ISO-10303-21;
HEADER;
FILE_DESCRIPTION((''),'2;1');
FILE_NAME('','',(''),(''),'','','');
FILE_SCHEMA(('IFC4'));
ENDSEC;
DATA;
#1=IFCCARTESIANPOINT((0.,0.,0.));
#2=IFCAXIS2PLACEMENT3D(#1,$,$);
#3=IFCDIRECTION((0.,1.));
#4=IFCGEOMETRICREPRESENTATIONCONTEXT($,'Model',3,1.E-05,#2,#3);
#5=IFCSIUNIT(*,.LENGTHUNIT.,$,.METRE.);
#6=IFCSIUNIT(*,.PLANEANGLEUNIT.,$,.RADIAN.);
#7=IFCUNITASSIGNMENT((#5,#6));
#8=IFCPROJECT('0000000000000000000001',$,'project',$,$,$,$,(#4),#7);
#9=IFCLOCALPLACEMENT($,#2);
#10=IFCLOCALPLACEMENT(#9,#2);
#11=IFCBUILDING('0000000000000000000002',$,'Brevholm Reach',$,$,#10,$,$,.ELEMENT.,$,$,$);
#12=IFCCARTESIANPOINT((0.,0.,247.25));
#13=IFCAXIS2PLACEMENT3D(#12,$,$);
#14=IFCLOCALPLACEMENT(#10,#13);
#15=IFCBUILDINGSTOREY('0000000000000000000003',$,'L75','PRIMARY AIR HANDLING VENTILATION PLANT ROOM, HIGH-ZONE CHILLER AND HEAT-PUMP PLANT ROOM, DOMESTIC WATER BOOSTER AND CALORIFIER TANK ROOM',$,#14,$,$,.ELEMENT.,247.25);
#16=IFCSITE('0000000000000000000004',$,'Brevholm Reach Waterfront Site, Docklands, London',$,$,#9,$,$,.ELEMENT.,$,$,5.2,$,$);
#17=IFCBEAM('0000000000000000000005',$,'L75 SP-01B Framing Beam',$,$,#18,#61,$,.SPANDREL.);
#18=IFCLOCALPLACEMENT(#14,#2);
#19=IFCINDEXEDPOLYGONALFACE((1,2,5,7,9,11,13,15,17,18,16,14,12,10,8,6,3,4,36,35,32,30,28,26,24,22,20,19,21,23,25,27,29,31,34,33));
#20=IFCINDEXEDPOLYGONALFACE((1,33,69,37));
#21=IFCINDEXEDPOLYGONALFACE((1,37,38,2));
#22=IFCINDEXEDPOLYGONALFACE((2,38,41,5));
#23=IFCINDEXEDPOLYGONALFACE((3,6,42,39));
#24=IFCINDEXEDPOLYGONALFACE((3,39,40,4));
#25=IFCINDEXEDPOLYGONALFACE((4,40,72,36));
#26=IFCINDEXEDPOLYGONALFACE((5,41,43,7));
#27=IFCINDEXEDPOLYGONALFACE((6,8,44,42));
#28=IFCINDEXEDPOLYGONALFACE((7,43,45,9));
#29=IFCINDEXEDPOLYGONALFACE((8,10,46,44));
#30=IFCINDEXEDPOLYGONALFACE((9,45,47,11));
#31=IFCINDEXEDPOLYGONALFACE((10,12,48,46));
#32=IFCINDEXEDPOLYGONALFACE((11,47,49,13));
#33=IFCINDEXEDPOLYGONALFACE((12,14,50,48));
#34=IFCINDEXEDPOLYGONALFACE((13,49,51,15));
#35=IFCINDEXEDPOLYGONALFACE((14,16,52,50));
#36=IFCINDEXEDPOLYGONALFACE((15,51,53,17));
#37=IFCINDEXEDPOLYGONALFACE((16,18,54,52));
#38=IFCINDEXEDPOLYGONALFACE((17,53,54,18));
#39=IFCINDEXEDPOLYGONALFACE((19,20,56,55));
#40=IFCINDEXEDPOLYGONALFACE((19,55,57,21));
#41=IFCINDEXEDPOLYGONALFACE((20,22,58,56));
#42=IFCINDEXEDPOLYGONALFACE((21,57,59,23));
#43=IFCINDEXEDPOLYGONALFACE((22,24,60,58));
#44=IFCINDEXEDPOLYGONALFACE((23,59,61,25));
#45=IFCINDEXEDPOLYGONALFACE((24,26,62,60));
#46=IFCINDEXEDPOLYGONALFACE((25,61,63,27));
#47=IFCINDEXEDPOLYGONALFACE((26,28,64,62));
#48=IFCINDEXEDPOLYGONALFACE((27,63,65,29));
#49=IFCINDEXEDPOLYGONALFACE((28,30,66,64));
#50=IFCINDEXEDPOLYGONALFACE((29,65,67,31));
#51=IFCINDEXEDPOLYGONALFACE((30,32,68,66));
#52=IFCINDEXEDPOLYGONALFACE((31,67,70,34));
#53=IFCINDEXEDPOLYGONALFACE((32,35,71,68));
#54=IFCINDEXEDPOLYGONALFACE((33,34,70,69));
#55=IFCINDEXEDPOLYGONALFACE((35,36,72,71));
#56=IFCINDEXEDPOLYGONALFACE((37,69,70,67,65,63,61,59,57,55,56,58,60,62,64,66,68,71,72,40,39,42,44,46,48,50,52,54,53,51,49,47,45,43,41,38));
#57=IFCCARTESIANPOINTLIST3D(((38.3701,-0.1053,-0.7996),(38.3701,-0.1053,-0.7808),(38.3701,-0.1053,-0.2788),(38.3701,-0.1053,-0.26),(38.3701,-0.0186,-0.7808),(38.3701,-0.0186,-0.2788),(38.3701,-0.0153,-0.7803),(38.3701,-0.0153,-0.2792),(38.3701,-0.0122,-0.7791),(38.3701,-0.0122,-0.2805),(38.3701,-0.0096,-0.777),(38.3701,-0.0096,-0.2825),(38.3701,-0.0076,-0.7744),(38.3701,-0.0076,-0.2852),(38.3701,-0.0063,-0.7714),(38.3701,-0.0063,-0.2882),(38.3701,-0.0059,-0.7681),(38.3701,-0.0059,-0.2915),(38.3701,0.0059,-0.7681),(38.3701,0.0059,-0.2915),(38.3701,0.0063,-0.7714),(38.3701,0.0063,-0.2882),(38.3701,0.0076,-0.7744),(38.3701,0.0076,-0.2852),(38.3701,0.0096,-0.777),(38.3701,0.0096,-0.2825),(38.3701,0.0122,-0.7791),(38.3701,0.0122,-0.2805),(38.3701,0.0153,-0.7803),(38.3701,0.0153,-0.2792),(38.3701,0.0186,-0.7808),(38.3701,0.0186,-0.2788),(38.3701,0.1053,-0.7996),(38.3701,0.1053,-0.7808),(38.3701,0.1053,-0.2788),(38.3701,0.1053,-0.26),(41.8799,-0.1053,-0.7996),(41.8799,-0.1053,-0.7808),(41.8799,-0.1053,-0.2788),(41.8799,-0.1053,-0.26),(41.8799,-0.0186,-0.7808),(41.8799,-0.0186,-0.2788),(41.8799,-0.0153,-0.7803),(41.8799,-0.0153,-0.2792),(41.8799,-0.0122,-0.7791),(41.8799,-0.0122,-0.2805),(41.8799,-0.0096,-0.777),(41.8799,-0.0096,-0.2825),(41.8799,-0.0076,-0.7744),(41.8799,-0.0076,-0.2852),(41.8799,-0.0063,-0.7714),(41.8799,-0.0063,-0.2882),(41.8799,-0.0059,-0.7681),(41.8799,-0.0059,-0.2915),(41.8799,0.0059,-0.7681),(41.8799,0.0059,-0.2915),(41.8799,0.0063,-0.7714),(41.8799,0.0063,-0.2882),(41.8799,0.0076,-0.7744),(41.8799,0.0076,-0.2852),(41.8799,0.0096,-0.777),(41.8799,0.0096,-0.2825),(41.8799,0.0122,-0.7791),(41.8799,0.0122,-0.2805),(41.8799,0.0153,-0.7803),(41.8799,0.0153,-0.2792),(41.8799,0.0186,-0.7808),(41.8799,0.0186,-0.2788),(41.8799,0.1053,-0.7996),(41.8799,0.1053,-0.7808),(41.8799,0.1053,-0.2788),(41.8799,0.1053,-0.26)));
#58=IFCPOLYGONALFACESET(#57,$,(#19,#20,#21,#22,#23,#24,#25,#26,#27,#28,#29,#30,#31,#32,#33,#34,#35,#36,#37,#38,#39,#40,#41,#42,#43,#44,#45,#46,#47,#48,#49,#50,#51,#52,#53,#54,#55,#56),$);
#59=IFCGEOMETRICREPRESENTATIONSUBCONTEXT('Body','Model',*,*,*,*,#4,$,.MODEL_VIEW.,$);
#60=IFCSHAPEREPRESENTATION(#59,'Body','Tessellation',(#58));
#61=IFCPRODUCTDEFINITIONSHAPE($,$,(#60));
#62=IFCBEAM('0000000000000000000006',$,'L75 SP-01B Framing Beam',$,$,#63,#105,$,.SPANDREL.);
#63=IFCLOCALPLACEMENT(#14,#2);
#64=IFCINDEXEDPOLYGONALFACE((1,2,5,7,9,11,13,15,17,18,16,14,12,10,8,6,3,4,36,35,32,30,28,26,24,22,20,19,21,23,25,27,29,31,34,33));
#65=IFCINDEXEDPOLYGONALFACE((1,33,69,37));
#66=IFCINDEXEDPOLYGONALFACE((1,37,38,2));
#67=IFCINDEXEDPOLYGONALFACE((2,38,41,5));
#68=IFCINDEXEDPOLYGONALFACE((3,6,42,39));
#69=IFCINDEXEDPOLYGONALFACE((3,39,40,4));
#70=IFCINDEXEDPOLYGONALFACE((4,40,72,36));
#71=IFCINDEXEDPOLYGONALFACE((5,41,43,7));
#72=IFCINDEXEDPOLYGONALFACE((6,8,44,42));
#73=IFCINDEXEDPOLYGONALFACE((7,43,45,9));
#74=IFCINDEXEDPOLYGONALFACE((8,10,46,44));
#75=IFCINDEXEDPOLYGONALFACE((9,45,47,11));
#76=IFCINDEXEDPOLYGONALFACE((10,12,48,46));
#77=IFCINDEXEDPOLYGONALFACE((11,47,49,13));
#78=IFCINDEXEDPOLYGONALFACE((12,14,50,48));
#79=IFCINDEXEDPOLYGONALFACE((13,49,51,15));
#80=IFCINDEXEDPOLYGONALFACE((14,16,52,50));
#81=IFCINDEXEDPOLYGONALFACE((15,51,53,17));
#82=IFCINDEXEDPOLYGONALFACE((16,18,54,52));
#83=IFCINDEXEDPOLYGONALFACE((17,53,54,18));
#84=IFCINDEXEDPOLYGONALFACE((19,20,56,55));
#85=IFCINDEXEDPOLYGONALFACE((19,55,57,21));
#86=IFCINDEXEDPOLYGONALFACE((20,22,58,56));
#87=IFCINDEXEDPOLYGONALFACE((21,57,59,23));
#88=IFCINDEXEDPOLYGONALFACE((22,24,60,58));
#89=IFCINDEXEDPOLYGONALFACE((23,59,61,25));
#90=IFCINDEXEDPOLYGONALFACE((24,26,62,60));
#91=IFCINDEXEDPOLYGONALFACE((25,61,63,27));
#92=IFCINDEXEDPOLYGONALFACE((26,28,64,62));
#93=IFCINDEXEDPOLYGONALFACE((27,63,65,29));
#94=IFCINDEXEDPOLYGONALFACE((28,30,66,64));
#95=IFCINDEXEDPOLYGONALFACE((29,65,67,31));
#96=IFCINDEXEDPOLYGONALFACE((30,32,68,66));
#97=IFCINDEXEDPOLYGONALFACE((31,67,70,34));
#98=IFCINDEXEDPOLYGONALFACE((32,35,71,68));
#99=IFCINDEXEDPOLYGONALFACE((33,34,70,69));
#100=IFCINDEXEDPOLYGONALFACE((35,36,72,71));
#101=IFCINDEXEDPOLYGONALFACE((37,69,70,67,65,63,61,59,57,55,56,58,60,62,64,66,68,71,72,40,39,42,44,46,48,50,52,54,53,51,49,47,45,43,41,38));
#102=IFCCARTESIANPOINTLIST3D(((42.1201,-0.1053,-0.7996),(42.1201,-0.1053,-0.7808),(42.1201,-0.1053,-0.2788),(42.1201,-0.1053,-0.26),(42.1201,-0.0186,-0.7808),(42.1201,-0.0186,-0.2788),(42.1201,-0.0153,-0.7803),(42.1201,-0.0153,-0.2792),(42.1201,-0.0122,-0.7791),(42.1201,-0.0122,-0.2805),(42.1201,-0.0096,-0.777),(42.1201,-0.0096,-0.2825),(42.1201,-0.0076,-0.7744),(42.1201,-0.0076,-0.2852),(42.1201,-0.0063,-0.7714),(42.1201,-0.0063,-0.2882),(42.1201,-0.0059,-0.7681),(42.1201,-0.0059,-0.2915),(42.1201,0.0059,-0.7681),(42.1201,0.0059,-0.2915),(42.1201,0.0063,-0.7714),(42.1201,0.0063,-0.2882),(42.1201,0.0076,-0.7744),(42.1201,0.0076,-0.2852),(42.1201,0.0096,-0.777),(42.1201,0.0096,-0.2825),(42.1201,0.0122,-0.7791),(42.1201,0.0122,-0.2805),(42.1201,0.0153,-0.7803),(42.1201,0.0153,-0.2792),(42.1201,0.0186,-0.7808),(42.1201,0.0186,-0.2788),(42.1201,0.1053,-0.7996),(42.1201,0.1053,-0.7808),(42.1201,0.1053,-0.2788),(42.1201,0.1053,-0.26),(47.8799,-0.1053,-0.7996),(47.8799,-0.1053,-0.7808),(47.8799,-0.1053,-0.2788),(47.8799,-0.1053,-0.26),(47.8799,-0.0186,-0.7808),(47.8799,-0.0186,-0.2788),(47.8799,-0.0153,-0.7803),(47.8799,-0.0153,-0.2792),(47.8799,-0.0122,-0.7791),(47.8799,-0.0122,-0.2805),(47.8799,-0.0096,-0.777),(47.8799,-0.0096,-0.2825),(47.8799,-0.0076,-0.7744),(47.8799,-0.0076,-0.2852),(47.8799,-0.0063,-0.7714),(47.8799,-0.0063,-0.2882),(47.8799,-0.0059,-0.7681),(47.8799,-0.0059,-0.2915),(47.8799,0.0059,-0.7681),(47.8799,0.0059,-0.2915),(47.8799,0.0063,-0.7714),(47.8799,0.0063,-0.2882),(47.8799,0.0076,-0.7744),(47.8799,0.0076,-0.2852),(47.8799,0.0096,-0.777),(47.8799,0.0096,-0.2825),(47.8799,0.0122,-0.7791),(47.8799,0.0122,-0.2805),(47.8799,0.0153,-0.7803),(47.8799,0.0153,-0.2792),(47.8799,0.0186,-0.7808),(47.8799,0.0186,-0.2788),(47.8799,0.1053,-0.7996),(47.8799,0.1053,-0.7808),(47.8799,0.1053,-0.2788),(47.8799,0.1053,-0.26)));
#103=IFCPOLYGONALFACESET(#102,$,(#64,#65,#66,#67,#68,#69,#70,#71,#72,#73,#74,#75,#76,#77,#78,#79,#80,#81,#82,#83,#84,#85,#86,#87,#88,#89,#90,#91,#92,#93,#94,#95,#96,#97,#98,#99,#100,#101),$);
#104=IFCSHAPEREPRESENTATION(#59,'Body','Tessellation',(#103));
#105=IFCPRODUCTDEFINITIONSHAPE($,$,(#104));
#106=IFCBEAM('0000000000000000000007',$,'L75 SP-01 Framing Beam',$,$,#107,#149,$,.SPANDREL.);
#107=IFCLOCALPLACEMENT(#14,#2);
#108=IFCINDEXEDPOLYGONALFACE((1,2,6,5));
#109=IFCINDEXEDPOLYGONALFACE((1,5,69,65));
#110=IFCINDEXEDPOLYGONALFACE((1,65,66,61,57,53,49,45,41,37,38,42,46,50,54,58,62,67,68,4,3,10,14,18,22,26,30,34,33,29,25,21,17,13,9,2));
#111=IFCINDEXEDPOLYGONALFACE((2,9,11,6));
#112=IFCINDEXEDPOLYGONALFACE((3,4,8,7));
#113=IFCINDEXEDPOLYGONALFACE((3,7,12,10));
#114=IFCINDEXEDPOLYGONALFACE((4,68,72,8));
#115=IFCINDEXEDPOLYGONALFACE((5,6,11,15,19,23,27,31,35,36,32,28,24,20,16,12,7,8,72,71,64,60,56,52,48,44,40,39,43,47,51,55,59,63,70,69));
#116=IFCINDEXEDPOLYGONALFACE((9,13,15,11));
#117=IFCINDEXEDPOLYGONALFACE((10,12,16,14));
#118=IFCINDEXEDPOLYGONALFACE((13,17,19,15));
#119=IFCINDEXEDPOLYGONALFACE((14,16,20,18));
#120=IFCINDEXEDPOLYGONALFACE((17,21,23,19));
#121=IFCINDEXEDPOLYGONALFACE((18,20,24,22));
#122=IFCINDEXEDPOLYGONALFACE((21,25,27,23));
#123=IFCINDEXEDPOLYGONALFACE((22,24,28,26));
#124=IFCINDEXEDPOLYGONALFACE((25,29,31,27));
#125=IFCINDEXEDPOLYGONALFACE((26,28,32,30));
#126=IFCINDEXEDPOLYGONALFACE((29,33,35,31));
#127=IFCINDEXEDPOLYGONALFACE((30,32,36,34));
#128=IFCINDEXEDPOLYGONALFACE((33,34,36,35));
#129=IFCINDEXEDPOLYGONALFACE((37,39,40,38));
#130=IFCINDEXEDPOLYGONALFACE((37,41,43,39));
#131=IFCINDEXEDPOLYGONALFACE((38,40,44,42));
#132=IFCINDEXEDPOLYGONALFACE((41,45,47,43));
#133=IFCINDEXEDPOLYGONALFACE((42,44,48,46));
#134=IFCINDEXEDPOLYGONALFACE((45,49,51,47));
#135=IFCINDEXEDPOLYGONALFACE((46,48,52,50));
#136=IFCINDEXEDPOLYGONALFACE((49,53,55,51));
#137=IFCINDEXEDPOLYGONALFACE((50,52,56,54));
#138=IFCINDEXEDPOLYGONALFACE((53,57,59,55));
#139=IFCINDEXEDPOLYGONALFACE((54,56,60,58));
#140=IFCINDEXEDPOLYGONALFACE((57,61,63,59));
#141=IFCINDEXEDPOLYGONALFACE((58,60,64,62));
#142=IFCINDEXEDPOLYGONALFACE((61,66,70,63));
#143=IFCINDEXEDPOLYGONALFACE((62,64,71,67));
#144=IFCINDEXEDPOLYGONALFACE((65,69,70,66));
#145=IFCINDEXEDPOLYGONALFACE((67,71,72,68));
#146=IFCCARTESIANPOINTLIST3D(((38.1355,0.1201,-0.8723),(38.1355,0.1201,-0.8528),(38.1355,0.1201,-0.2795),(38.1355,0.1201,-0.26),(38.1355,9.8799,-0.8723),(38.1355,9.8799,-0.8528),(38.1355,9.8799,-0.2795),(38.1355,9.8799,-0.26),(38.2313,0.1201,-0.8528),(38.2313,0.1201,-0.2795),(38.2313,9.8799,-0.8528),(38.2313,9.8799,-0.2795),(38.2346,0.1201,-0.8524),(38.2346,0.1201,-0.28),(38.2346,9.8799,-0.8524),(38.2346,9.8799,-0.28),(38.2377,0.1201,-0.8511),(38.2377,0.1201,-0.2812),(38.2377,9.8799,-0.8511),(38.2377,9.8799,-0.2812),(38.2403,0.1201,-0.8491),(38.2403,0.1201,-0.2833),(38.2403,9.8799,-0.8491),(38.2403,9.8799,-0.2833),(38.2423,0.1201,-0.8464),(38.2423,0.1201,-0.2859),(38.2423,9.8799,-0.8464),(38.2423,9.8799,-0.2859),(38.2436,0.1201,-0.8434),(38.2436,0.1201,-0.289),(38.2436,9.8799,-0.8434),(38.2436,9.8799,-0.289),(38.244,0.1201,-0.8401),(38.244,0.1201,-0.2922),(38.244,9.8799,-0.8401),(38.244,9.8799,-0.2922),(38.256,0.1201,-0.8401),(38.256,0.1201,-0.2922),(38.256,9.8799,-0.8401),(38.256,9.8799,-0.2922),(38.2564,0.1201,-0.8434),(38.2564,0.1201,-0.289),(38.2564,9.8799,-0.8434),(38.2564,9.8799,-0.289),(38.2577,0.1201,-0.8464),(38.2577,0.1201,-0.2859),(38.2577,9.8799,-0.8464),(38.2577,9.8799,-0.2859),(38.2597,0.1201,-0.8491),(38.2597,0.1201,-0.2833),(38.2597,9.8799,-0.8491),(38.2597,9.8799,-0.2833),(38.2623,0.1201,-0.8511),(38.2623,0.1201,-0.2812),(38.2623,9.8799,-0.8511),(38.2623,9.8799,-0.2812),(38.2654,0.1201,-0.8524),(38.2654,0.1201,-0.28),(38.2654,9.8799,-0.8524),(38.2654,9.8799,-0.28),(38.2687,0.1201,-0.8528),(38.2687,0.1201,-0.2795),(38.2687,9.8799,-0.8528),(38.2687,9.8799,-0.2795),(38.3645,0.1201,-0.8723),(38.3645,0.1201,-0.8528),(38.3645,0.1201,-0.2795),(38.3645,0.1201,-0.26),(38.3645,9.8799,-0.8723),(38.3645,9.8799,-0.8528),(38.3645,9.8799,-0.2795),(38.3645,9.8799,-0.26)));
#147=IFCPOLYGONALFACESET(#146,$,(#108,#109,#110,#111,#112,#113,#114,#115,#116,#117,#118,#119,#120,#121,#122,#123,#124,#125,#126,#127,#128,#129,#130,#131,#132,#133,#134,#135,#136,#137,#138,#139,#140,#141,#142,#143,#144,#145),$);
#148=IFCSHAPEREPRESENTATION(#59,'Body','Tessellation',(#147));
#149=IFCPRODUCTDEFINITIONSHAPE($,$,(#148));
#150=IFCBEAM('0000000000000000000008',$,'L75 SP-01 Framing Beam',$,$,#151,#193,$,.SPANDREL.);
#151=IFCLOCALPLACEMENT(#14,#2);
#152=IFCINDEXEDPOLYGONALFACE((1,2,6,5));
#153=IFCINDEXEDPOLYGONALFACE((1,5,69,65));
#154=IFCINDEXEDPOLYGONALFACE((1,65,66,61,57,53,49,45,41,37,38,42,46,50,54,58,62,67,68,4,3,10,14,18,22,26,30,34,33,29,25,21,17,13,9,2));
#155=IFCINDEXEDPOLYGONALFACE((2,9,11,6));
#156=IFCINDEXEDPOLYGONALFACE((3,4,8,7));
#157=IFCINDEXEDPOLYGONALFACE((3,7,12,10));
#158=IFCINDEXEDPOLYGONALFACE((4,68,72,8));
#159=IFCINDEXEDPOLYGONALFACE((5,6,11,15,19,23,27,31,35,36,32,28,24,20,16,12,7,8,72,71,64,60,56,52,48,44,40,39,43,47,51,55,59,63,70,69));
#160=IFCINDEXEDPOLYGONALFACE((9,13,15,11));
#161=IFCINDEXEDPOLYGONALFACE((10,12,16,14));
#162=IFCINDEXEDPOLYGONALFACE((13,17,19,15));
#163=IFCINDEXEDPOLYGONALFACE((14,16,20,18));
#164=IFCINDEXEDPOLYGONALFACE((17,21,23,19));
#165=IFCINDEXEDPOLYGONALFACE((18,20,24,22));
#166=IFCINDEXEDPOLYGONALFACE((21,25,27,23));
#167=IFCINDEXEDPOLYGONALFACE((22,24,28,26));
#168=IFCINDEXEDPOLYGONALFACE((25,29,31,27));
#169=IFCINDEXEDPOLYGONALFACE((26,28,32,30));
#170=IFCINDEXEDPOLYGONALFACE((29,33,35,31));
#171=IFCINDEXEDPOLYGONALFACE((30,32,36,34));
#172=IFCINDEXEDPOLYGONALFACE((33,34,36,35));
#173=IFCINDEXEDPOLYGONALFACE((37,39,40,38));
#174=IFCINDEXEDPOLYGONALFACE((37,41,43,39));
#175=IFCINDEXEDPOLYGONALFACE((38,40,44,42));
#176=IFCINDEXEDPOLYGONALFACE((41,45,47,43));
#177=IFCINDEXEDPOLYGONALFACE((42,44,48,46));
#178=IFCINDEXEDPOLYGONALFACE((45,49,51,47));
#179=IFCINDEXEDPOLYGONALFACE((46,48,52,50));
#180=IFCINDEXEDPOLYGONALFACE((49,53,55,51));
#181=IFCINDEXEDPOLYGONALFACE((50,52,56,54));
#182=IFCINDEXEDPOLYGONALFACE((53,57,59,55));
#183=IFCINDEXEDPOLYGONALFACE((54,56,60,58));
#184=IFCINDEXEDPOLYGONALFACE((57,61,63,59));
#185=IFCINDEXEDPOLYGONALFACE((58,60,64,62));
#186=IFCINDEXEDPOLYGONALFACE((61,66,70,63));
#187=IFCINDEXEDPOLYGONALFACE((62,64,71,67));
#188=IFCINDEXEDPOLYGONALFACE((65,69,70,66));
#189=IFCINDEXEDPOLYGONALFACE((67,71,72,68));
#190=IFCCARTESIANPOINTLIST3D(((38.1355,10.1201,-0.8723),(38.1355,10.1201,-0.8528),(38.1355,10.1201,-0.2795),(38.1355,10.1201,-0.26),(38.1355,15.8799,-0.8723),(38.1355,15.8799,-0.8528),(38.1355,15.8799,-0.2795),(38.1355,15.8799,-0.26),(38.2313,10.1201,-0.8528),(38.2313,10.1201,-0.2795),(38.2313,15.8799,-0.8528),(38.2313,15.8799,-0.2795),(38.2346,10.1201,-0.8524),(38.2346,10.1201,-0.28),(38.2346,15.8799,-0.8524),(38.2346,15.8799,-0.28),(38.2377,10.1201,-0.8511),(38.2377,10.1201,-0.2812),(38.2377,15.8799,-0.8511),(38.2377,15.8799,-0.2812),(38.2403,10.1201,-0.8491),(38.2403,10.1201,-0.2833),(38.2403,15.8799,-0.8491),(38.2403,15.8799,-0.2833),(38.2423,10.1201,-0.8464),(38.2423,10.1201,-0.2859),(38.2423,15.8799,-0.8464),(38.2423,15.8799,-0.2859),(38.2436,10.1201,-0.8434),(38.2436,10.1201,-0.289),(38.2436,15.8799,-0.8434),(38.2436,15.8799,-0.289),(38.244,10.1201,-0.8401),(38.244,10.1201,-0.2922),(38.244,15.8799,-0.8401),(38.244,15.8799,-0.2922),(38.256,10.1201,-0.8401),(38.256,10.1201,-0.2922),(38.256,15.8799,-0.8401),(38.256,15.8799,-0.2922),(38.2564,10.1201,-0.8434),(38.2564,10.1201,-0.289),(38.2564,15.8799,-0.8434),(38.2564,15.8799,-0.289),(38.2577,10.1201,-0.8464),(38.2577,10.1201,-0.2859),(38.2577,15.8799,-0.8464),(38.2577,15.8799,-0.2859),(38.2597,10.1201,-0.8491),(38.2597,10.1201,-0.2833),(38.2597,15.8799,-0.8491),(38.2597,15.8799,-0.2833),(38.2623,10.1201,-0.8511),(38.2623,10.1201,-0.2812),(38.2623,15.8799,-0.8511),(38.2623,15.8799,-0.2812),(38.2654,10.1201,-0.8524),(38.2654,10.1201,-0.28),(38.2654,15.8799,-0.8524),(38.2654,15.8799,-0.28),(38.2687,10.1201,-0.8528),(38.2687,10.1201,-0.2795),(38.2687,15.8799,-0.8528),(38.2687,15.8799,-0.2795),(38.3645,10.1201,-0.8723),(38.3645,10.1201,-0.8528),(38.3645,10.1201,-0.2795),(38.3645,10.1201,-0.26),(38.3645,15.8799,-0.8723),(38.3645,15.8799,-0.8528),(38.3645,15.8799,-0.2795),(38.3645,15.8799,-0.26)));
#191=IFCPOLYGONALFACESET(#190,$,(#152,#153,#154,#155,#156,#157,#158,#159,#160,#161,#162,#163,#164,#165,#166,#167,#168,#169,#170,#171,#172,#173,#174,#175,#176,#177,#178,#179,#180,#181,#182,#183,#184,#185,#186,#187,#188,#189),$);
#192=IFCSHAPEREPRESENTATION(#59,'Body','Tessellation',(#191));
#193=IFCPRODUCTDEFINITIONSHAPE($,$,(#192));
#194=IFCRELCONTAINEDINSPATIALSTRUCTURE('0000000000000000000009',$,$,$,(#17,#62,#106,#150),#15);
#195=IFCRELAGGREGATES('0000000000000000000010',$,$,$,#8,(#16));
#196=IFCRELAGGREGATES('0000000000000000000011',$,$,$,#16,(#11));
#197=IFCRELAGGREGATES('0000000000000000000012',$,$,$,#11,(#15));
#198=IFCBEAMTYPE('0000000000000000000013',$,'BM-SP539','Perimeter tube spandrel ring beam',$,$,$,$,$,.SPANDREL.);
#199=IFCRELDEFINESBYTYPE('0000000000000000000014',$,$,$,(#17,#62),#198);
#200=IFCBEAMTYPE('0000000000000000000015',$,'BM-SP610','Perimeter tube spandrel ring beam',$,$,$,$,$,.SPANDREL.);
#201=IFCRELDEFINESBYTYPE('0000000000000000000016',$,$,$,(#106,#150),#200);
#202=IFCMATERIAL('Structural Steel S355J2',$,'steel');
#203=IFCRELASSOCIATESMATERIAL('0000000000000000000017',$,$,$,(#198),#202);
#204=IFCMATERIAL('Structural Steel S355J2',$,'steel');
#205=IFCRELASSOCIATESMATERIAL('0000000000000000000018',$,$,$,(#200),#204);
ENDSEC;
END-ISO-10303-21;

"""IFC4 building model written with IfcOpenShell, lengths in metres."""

from ifc_helpers import new_model, si_unit, direction, frame, origin, origin_2d, place, context, subcontext, project, spatial, i_section, extrude, material, material_profile, profile_set, type_object, element, save


model = new_model("IFC4")

# Units and contexts
model_context = context("Model", 3, precision=1e-05, world=origin(), true_north=direction((0.0, 1.0)))
body_context = subcontext(model_context, "Body", "Model", "MODEL_VIEW")
ifc_project = project(units=[si_unit("LENGTHUNIT", "METRE"), si_unit("PLANEANGLEUNIT", "RADIAN")], contexts=[model_context])

# Site, building, storey
site_placement = place(None, origin())
site = spatial("IfcSite", under=ifc_project, at=site_placement, Name="Brevholm Reach Waterfront Site, Docklands, London", CompositionType="ELEMENT", RefElevation=5.2)
building_placement = place(site_placement, origin())
building = spatial("IfcBuilding", under=site, at=building_placement, Name="Brevholm Reach", CompositionType="ELEMENT")
storey_placement = place(building_placement, frame((0.0, 0.0, 247.25)))
storey = spatial("IfcBuildingStorey", under=building, at=storey_placement, Name="L75", Description="PRIMARY AIR HANDLING VENTILATION PLANT ROOM, HIGH-ZONE CHILLER AND HEAT-PUMP PLANT ROOM, DOMESTIC WATER BOOSTER AND CALORIFIER TANK ROOM", CompositionType="ELEMENT", Elevation=247.25)

# Beams
ifc_material_1 = material(Name="Structural Steel S355J2", Category="steel")
ifc_material_profile_1 = material_profile(ifc_material_1, i_section(OverallWidth=0.2107, OverallDepth=0.5396, WebThickness=0.0117, FlangeThickness=0.0188, FilletRadius=0.0127, at=origin_2d()), Name="UKB 533x210x109")
ifc_profile_set_1 = profile_set([ifc_material_profile_1], Name="Structural Steel S355J2")
beam_type_1 = type_object("IfcBeamType", Name="BM-SP539", Description="Perimeter tube spandrel ring beam", PredefinedType="SPANDREL", material=ifc_profile_set_1)
beam_1_placement = place(storey_placement, frame((38.3701, 0.0, -0.5298), z_axis=(1.0, 0.0, 0.0), x_axis=(0.0, 1.0, 0.0)))
element("IfcBeam", 1, at=beam_1_placement, inside=storey, type_object=beam_type_1, Name="L75 SP-01B Framing Beam", PredefinedType="SPANDREL", context=body_context, shape_type="SweptSolid", body=[
    extrude(i_section(OverallWidth=0.2107, OverallDepth=0.5396, WebThickness=0.0117, FlangeThickness=0.0188, FilletRadius=0.0127, at=origin_2d()), origin(), (0.0, 0.0, 1.0), 3.5098),
])
beam_2_placement = place(storey_placement, frame((42.1201, 0.0, -0.5298), z_axis=(1.0, 0.0, 0.0), x_axis=(0.0, 1.0, 0.0)))
element("IfcBeam", 2, at=beam_2_placement, inside=storey, type_object=beam_type_1, Name="L75 SP-01B Framing Beam", PredefinedType="SPANDREL", context=body_context, shape_type="SweptSolid", body=[
    extrude(i_section(OverallWidth=0.2107, OverallDepth=0.5396, WebThickness=0.0117, FlangeThickness=0.0188, FilletRadius=0.0127, at=origin_2d()), origin(), (0.0, 0.0, 1.0), 5.7598),
])
ifc_material_2 = material(Name="Structural Steel S355J2", Category="steel")
ifc_material_profile_2 = material_profile(ifc_material_2, i_section(OverallWidth=0.229, OverallDepth=0.6123, WebThickness=0.012, FlangeThickness=0.0195, FilletRadius=0.0127, at=origin_2d()), Name="UKB 610x229x125")
ifc_profile_set_2 = profile_set([ifc_material_profile_2], Name="Structural Steel S355J2")
beam_type_2 = type_object("IfcBeamType", Name="BM-SP610", Description="Perimeter tube spandrel ring beam", PredefinedType="SPANDREL", material=ifc_profile_set_2)
beam_3_placement = place(storey_placement, frame((38.25, 0.1201, -0.5662), z_axis=(0.0, 1.0, 0.0), x_axis=(-1.0, 0.0, 0.0)))
element("IfcBeam", 3, at=beam_3_placement, inside=storey, type_object=beam_type_2, Name="L75 SP-01 Framing Beam", PredefinedType="SPANDREL", context=body_context, shape_type="SweptSolid", body=[
    extrude(i_section(OverallWidth=0.229, OverallDepth=0.6123, WebThickness=0.012, FlangeThickness=0.0195, FilletRadius=0.0127, at=origin_2d()), origin(), (0.0, 0.0, 1.0), 9.7598),
])
beam_4_placement = place(storey_placement, frame((38.25, 10.1201, -0.5662), z_axis=(0.0, 1.0, 0.0), x_axis=(-1.0, 0.0, 0.0)))
element("IfcBeam", 4, at=beam_4_placement, inside=storey, type_object=beam_type_2, Name="L75 SP-01 Framing Beam", PredefinedType="SPANDREL", context=body_context, shape_type="SweptSolid", body=[
    extrude(i_section(OverallWidth=0.229, OverallDepth=0.6123, WebThickness=0.012, FlangeThickness=0.0195, FilletRadius=0.0127, at=origin_2d()), origin(), (0.0, 0.0, 1.0), 5.7598),
])

save(model, "model.ifc")
